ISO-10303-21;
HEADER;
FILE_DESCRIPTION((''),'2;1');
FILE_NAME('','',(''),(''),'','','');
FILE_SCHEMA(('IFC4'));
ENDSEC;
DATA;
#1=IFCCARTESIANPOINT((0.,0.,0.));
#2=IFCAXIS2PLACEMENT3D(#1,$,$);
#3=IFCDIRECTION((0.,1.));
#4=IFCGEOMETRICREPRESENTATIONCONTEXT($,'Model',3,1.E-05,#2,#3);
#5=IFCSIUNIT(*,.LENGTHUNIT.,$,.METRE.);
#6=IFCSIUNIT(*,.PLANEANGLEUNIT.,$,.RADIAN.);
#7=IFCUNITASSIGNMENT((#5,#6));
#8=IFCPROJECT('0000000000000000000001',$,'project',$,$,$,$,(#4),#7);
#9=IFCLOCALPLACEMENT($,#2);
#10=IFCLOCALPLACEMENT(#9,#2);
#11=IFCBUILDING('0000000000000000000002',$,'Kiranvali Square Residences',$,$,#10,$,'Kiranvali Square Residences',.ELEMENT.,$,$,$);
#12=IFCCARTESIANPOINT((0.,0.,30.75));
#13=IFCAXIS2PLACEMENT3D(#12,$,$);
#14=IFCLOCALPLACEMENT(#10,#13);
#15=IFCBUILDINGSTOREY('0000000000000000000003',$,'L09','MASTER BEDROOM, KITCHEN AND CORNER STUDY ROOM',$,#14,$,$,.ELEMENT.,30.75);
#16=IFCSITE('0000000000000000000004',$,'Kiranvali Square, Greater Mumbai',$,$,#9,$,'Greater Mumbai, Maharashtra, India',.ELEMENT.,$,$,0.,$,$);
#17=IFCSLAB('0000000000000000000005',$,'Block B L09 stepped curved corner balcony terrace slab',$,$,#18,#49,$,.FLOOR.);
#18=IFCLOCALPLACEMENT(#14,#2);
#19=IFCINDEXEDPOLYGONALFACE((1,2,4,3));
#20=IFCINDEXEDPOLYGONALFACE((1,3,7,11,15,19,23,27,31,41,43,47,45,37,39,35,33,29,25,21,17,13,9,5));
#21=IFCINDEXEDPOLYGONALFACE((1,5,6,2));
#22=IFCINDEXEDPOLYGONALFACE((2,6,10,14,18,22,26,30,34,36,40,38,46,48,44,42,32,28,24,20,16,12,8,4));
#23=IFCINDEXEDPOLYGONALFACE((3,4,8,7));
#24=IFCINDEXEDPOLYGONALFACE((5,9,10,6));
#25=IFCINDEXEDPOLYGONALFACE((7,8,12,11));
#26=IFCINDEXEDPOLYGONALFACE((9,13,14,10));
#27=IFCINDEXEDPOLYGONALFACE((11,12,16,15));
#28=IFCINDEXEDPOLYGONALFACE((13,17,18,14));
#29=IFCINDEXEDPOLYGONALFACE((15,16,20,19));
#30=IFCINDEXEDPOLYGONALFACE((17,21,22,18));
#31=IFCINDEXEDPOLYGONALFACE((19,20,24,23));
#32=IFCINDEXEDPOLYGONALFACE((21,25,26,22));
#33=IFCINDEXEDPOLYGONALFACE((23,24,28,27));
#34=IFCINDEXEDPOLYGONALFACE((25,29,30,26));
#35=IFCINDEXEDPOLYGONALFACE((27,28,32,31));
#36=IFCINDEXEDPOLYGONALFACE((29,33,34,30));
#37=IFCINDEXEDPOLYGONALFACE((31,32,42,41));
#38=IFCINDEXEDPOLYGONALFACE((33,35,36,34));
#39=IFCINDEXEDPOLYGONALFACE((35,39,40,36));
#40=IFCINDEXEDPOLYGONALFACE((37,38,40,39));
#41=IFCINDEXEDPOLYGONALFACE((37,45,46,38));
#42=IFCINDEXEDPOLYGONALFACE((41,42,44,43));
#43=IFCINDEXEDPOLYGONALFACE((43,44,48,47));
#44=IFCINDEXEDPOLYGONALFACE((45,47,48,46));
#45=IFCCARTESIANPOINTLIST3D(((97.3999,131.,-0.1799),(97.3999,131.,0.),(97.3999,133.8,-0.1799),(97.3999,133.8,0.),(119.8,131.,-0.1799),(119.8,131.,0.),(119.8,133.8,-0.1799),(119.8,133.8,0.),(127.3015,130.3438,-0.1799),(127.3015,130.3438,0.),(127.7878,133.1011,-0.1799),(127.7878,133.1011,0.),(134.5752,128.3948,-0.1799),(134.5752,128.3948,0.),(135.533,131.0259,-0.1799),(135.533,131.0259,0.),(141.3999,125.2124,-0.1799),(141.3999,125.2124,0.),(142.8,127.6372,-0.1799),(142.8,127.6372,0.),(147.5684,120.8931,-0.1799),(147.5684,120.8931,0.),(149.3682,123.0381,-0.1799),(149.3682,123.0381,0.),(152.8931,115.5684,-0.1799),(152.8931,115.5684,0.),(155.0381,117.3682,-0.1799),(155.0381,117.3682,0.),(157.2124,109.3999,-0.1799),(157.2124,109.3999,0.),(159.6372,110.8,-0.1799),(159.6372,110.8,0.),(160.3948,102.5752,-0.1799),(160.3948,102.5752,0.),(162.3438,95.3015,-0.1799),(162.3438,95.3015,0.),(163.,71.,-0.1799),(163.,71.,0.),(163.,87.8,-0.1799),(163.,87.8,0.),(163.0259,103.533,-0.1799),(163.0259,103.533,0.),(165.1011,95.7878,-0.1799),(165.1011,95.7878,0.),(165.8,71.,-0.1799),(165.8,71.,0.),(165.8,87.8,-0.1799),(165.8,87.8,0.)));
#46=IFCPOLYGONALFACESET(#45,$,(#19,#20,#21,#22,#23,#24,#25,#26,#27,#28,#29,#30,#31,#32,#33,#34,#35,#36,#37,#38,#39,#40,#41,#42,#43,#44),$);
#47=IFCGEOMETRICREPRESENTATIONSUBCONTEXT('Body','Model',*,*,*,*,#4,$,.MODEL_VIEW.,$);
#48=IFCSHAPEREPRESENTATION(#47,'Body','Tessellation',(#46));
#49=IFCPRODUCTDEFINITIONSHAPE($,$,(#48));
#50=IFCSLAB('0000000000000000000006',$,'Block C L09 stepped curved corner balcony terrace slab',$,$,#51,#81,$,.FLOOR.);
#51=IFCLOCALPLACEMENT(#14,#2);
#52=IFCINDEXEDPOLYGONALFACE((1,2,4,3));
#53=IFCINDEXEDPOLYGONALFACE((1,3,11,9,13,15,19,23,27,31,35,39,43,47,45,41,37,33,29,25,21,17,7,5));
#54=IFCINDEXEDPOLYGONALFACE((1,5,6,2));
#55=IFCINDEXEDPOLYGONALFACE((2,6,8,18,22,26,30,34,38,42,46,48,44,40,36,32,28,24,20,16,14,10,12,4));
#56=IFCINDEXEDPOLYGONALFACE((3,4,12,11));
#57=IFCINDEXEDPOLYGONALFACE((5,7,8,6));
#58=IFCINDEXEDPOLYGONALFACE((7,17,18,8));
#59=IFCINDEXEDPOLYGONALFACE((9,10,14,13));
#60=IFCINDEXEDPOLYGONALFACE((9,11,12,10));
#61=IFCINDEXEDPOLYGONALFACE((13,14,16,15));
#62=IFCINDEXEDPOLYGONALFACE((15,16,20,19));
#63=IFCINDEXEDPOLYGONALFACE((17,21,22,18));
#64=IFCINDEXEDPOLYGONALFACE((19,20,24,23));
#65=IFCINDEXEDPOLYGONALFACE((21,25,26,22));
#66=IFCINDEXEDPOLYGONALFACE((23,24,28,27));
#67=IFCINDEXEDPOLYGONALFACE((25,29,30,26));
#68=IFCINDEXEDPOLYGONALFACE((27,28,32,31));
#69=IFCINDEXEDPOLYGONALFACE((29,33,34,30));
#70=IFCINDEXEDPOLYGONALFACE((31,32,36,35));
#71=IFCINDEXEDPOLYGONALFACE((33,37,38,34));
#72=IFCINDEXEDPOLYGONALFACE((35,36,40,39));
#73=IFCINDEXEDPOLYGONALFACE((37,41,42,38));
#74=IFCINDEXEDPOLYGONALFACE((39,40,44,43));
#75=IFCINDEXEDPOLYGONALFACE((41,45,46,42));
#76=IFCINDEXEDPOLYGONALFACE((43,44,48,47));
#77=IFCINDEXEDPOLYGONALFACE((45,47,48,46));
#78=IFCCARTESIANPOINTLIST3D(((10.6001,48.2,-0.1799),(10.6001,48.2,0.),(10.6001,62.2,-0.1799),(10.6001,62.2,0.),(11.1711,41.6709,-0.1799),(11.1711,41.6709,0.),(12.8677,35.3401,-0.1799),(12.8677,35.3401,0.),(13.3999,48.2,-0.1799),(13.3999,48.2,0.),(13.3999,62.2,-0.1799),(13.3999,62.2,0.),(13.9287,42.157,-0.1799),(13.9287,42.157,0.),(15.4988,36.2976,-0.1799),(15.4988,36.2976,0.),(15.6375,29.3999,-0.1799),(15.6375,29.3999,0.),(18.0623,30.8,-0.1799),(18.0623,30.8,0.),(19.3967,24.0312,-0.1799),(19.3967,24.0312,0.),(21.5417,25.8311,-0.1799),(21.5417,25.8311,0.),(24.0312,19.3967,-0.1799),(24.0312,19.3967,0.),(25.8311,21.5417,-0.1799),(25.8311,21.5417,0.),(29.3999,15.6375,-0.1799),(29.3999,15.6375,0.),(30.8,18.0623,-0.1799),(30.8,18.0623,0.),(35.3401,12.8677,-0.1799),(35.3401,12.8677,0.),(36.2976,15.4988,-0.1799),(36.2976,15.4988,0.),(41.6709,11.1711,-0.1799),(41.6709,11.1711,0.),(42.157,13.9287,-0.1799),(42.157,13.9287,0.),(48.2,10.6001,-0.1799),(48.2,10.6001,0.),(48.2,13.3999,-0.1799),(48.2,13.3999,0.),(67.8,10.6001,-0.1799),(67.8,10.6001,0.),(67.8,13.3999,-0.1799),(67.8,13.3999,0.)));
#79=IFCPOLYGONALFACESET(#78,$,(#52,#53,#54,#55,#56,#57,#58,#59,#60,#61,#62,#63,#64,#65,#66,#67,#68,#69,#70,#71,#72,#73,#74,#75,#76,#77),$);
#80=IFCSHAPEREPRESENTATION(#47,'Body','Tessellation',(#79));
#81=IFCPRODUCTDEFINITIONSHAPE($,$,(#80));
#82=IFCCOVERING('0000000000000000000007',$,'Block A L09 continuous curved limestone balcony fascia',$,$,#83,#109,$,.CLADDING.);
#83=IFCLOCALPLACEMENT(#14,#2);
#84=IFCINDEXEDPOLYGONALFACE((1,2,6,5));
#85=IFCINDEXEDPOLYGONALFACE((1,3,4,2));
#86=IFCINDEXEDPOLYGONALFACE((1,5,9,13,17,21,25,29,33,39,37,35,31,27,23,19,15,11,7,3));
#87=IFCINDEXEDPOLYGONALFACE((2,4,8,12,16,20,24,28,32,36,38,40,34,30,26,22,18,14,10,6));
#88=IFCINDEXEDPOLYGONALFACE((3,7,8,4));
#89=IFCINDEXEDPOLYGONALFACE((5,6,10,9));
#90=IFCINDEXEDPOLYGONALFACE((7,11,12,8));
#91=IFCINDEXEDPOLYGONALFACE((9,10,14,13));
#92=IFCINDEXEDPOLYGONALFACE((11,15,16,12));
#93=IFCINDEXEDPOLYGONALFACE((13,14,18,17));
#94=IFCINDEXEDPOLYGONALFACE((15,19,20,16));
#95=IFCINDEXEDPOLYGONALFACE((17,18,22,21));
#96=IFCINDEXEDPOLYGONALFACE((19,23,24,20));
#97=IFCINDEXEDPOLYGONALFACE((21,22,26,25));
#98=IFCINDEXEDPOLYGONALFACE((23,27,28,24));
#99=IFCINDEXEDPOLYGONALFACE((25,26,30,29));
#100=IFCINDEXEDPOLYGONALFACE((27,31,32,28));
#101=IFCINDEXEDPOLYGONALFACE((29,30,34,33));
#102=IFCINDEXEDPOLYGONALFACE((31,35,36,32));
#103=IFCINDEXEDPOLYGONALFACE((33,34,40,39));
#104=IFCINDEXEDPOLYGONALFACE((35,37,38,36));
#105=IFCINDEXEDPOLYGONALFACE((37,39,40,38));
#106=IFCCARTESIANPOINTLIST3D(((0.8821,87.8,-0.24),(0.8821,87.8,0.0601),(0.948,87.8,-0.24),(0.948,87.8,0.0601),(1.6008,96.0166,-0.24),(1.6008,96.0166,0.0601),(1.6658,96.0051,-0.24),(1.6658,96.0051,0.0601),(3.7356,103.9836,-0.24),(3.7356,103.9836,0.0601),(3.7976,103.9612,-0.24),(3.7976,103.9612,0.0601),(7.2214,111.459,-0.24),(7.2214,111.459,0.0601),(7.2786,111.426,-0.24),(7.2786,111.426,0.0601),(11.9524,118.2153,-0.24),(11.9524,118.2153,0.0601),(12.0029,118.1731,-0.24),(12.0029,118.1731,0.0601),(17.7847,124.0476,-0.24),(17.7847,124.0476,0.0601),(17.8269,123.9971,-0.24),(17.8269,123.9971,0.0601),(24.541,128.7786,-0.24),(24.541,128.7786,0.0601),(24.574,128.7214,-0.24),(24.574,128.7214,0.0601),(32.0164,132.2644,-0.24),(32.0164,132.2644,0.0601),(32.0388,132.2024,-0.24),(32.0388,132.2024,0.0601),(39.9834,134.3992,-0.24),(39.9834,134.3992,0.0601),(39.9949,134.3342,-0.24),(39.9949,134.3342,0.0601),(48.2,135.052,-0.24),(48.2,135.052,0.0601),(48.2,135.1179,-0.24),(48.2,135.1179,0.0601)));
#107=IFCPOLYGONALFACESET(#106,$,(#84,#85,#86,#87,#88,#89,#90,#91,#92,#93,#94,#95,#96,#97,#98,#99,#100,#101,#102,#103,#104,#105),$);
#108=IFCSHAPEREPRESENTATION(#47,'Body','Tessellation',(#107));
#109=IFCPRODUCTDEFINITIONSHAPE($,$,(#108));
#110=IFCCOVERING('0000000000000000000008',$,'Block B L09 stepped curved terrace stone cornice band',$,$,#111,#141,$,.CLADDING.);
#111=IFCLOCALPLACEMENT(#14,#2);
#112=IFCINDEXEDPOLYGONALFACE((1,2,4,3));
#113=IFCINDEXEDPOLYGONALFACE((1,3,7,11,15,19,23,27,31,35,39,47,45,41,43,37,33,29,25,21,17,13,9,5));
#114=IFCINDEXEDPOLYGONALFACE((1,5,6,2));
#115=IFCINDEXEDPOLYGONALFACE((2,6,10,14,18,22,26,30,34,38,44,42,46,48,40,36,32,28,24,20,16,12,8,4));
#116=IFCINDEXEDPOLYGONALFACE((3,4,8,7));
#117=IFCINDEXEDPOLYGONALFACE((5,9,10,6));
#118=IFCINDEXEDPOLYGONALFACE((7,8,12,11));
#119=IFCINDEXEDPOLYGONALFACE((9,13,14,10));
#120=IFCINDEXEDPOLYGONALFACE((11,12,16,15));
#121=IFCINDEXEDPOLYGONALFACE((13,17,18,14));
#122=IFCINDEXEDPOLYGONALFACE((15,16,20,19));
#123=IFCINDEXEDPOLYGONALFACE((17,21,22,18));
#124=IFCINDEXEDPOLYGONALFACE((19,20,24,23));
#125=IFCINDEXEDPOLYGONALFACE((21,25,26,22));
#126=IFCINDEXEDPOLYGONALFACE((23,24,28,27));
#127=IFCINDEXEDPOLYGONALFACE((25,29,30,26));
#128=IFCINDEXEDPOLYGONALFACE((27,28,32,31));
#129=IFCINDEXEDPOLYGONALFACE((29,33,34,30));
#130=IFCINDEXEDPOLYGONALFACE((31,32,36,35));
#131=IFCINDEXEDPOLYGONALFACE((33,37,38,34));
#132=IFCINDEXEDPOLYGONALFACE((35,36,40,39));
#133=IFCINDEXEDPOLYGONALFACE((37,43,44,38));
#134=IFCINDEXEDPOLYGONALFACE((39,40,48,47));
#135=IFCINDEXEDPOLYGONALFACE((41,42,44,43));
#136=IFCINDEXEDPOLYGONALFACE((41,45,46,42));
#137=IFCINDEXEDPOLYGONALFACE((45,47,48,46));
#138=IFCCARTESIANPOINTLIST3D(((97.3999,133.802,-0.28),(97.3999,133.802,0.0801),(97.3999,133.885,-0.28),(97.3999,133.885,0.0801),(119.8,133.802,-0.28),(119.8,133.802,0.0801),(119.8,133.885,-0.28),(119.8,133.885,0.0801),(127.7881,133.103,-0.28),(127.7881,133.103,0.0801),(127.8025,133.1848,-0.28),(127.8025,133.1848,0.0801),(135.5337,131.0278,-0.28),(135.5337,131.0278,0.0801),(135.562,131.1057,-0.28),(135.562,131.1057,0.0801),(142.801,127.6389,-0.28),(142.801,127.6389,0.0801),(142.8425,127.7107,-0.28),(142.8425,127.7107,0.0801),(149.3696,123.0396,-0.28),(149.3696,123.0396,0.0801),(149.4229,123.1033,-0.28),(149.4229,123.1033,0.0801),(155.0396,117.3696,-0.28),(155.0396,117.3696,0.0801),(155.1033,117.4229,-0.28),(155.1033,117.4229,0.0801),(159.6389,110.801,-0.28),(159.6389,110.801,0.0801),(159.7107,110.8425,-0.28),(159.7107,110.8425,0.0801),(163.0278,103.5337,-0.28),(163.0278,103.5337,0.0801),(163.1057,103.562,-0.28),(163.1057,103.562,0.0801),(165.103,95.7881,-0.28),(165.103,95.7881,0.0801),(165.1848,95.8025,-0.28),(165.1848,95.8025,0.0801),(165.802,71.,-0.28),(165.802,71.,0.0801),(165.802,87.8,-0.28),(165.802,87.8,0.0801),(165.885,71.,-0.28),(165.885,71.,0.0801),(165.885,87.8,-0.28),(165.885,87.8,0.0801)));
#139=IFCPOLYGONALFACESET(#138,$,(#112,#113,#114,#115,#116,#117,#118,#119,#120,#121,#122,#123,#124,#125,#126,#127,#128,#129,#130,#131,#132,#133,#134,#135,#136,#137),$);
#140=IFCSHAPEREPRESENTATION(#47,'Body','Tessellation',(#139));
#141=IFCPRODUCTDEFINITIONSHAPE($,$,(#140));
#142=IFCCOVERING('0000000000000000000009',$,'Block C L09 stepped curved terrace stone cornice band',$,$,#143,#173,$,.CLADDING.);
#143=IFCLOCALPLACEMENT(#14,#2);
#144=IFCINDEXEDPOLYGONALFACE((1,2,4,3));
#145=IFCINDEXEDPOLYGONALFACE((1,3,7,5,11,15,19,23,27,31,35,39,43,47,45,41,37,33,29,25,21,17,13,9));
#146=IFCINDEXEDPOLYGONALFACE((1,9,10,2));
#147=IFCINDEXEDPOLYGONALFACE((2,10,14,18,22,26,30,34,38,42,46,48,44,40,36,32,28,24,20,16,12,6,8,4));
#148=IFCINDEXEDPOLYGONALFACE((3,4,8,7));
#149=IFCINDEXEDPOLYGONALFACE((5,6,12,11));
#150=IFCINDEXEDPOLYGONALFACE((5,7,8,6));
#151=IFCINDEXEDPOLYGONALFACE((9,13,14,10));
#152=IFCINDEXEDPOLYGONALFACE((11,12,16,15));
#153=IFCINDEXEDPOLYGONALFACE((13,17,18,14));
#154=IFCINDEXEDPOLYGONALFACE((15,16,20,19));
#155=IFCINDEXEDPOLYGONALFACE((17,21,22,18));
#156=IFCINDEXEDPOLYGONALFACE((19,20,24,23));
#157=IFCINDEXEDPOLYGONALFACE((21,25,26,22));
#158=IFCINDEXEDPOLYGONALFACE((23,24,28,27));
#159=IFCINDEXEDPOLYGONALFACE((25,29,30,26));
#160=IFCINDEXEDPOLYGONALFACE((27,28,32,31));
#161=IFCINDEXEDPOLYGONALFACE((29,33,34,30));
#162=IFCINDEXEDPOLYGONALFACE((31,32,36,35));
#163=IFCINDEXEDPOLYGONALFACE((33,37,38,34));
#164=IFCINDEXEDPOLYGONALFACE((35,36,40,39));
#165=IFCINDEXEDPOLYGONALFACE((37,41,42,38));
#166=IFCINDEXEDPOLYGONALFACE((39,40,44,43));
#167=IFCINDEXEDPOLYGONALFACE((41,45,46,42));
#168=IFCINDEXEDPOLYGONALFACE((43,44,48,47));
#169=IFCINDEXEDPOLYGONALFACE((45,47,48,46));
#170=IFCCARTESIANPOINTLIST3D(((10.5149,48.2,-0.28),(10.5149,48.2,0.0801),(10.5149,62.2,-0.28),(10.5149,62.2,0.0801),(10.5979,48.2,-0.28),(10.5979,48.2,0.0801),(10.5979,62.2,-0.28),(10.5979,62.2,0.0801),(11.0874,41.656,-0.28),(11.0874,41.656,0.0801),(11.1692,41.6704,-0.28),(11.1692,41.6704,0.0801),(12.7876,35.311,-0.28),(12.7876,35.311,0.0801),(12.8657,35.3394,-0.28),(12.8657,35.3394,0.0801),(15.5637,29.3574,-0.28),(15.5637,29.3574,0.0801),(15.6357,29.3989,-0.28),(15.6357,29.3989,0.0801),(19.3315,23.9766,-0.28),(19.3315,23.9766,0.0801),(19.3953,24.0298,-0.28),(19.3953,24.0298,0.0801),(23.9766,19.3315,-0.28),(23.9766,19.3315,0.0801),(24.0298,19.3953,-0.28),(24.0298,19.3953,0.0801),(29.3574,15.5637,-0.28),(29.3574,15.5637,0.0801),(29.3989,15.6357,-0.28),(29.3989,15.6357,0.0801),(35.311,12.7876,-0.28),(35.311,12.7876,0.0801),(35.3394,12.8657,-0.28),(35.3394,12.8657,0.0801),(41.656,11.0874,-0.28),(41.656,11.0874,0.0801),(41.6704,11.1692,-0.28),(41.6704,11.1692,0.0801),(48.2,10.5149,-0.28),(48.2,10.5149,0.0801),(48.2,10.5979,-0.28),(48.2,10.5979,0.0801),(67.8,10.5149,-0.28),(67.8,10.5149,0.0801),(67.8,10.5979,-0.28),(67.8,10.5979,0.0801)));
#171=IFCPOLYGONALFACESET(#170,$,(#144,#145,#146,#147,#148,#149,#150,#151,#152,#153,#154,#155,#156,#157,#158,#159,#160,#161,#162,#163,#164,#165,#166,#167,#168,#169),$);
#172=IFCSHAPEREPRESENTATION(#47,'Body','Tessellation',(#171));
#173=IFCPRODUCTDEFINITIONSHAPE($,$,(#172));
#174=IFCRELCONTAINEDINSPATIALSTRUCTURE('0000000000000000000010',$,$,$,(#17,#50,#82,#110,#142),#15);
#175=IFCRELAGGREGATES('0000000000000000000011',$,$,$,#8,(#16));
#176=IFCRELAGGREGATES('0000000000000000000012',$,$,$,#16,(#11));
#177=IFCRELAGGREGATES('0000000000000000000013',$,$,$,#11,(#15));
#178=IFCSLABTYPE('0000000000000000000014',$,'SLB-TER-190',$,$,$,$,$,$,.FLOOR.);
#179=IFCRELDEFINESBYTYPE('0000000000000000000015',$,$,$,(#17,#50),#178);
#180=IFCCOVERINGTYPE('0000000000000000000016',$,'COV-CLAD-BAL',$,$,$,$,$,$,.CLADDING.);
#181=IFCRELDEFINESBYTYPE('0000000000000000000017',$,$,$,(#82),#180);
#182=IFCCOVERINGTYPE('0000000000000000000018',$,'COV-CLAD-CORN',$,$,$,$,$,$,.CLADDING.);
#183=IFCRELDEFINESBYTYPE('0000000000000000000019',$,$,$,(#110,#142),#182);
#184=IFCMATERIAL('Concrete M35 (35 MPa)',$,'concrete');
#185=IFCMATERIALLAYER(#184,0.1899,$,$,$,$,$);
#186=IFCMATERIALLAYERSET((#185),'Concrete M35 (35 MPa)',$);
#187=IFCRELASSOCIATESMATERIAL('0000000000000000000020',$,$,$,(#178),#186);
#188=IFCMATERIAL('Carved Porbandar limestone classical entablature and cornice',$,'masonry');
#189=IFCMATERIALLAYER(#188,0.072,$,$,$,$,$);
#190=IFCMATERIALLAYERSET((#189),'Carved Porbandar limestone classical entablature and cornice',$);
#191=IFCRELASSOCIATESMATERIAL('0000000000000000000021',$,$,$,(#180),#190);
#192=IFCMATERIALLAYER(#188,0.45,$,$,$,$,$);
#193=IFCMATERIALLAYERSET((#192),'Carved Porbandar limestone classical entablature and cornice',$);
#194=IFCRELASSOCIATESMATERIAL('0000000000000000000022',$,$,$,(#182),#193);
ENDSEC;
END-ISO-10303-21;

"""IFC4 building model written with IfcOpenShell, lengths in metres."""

from ifc_helpers import new_model, si_unit, direction, frame, origin, place, context, subcontext, project, spatial, polyline, outline, extrude, material, layer, layer_set, type_object, element, save


model = new_model("IFC4")

# Units and contexts
model_context = context("Model", 3, precision=1e-05, world=origin(), true_north=direction((0.0, 1.0)))
body_context = subcontext(model_context, "Body", "Model", "MODEL_VIEW")
ifc_project = project(units=[si_unit("LENGTHUNIT", "METRE"), si_unit("PLANEANGLEUNIT", "RADIAN")], contexts=[model_context])

# Site, building, storey
site_placement = place(None, origin())
site = spatial("IfcSite", under=ifc_project, at=site_placement, Name="Kiranvali Square, Greater Mumbai", LongName="Greater Mumbai, Maharashtra, India", CompositionType="ELEMENT", RefElevation=0.0)
building_placement = place(site_placement, origin())
building = spatial("IfcBuilding", under=site, at=building_placement, Name="Kiranvali Square Residences", LongName="Kiranvali Square Residences", CompositionType="ELEMENT")
storey_placement = place(building_placement, frame((0.0, 0.0, 30.75)))
storey = spatial("IfcBuildingStorey", under=building, at=storey_placement, Name="L09", Description="MASTER BEDROOM, KITCHEN AND CORNER STUDY ROOM", CompositionType="ELEMENT", Elevation=30.75)

# Slabs
ifc_material_1 = material(Name="Concrete M35 (35 MPa)", Category="concrete")
ifc_layer_1 = layer(ifc_material_1, 0.1899)
ifc_layer_set_1 = layer_set([ifc_layer_1], Name="Concrete M35 (35 MPa)")
slab_type_1 = type_object("IfcSlabType", Name="SLB-TER-190", PredefinedType="FLOOR", material=ifc_layer_set_1)
slab_1_placement = place(storey_placement, frame((0.0, 0.0, -0.1799)))
element("IfcSlab", 1, at=slab_1_placement, inside=storey, type_object=slab_type_1, Name="Block B L09 stepped curved corner balcony terrace slab", PredefinedType="FLOOR", context=body_context, shape_type="SweptSolid", body=[
    extrude(outline(polyline([(97.3999, 131.0), (119.8, 131.0), (127.3015, 130.3438), (134.5752, 128.3948), (141.3999, 125.2124), (147.5684, 120.8931), (152.8931, 115.5684), (157.2124, 109.3999), (160.3948, 102.5752), (162.3438, 95.3015), (163.0, 87.8), (163.0, 71.0), (165.8, 71.0), (165.8, 87.8), (165.1011, 95.7878), (163.0259, 103.533), (159.6372, 110.8), (155.0381, 117.3682), (149.3682, 123.0381), (142.8, 127.6372), (135.533, 131.0259), (127.7878, 133.1011), (119.8, 133.8), (97.3999, 133.8), (97.3999, 131.0)])), origin(), (0.0, 0.0, 1.0), 0.1799),
])
slab_2_placement = place(storey_placement, frame((0.0, 0.0, -0.1799)))
element("IfcSlab", 2, at=slab_2_placement, inside=storey, type_object=slab_type_1, Name="Block C L09 stepped curved corner balcony terrace slab", PredefinedType="FLOOR", context=body_context, shape_type="SweptSolid", body=[
    extrude(outline(polyline([(67.8, 13.3999), (48.2, 13.3999), (42.157, 13.9287), (36.2976, 15.4988), (30.8, 18.0623), (25.8311, 21.5417), (21.5417, 25.8311), (18.0623, 30.8), (15.4988, 36.2976), (13.9287, 42.157), (13.3999, 48.2), (13.3999, 62.2), (10.6001, 62.2), (10.6001, 48.2), (11.1711, 41.6709), (12.8677, 35.3401), (15.6375, 29.3999), (19.3967, 24.0312), (24.0312, 19.3967), (29.3999, 15.6375), (35.3401, 12.8677), (41.6709, 11.1711), (48.2, 10.6001), (67.8, 10.6001), (67.8, 13.3999)])), origin(), (0.0, 0.0, 1.0), 0.1799),
])

# Coverings
ifc_material_2 = material(Name="Carved Porbandar limestone classical entablature and cornice", Category="masonry")
ifc_layer_2 = layer(ifc_material_2, 0.072)
ifc_layer_set_2 = layer_set([ifc_layer_2], Name="Carved Porbandar limestone classical entablature and cornice")
covering_type_1 = type_object("IfcCoveringType", Name="COV-CLAD-BAL", PredefinedType="CLADDING", material=ifc_layer_set_2)
covering_1_placement = place(storey_placement, frame((0.0, 0.0, -0.24)))
element("IfcCovering", 3, at=covering_1_placement, inside=storey, type_object=covering_type_1, Name="Block A L09 continuous curved limestone balcony fascia", PredefinedType="CLADDING", context=body_context, shape_type="SweptSolid", body=[
    extrude(outline(polyline([(48.2, 135.1179), (39.9834, 134.3992), (32.0164, 132.2644), (24.541, 128.7786), (17.7847, 124.0476), (11.9524, 118.2153), (7.2214, 111.459), (3.7356, 103.9836), (1.6008, 96.0166), (0.8821, 87.8), (0.948, 87.8), (1.6658, 96.0051), (3.7976, 103.9612), (7.2786, 111.426), (12.0029, 118.1731), (17.8269, 123.9971), (24.574, 128.7214), (32.0388, 132.2024), (39.9949, 134.3342), (48.2, 135.052), (48.2, 135.1179)])), origin(), (0.0, 0.0, 1.0), 0.3),
])
ifc_layer_3 = layer(ifc_material_2, 0.45)
ifc_layer_set_3 = layer_set([ifc_layer_3], Name="Carved Porbandar limestone classical entablature and cornice")
covering_type_2 = type_object("IfcCoveringType", Name="COV-CLAD-CORN", PredefinedType="CLADDING", material=ifc_layer_set_3)
covering_2_placement = place(storey_placement, frame((0.0, 0.0, -0.28)))
element("IfcCovering", 4, at=covering_2_placement, inside=storey, type_object=covering_type_2, Name="Block B L09 stepped curved terrace stone cornice band", PredefinedType="CLADDING", context=body_context, shape_type="SweptSolid", body=[
    extrude(outline(polyline([(97.3999, 133.802), (119.8, 133.802), (127.7881, 133.103), (135.5337, 131.0278), (142.801, 127.6389), (149.3696, 123.0396), (155.0396, 117.3696), (159.6389, 110.801), (163.0278, 103.5337), (165.103, 95.7881), (165.802, 87.8), (165.802, 71.0), (165.885, 71.0), (165.885, 87.8), (165.1848, 95.8025), (163.1057, 103.562), (159.7107, 110.8425), (155.1033, 117.4229), (149.4229, 123.1033), (142.8425, 127.7107), (135.562, 131.1057), (127.8025, 133.1848), (119.8, 133.885), (97.3999, 133.885), (97.3999, 133.802)])), origin(), (0.0, 0.0, 1.0), 0.3601),
])
covering_3_placement = place(storey_placement, frame((0.0, 0.0, -0.28)))
element("IfcCovering", 5, at=covering_3_placement, inside=storey, type_object=covering_type_2, Name="Block C L09 stepped curved terrace stone cornice band", PredefinedType="CLADDING", context=body_context, shape_type="SweptSolid", body=[
    extrude(outline(polyline([(67.8, 10.5979), (48.2, 10.5979), (41.6704, 11.1692), (35.3394, 12.8657), (29.3989, 15.6357), (24.0298, 19.3953), (19.3953, 24.0298), (15.6357, 29.3989), (12.8657, 35.3394), (11.1692, 41.6704), (10.5979, 48.2), (10.5979, 62.2), (10.5149, 62.2), (10.5149, 48.2), (11.0874, 41.656), (12.7876, 35.311), (15.5637, 29.3574), (19.3315, 23.9766), (23.9766, 19.3315), (29.3574, 15.5637), (35.311, 12.7876), (41.656, 11.0874), (48.2, 10.5149), (67.8, 10.5149), (67.8, 10.5979)])), origin(), (0.0, 0.0, 1.0), 0.3601),
])

save(model, "model.ifc")
